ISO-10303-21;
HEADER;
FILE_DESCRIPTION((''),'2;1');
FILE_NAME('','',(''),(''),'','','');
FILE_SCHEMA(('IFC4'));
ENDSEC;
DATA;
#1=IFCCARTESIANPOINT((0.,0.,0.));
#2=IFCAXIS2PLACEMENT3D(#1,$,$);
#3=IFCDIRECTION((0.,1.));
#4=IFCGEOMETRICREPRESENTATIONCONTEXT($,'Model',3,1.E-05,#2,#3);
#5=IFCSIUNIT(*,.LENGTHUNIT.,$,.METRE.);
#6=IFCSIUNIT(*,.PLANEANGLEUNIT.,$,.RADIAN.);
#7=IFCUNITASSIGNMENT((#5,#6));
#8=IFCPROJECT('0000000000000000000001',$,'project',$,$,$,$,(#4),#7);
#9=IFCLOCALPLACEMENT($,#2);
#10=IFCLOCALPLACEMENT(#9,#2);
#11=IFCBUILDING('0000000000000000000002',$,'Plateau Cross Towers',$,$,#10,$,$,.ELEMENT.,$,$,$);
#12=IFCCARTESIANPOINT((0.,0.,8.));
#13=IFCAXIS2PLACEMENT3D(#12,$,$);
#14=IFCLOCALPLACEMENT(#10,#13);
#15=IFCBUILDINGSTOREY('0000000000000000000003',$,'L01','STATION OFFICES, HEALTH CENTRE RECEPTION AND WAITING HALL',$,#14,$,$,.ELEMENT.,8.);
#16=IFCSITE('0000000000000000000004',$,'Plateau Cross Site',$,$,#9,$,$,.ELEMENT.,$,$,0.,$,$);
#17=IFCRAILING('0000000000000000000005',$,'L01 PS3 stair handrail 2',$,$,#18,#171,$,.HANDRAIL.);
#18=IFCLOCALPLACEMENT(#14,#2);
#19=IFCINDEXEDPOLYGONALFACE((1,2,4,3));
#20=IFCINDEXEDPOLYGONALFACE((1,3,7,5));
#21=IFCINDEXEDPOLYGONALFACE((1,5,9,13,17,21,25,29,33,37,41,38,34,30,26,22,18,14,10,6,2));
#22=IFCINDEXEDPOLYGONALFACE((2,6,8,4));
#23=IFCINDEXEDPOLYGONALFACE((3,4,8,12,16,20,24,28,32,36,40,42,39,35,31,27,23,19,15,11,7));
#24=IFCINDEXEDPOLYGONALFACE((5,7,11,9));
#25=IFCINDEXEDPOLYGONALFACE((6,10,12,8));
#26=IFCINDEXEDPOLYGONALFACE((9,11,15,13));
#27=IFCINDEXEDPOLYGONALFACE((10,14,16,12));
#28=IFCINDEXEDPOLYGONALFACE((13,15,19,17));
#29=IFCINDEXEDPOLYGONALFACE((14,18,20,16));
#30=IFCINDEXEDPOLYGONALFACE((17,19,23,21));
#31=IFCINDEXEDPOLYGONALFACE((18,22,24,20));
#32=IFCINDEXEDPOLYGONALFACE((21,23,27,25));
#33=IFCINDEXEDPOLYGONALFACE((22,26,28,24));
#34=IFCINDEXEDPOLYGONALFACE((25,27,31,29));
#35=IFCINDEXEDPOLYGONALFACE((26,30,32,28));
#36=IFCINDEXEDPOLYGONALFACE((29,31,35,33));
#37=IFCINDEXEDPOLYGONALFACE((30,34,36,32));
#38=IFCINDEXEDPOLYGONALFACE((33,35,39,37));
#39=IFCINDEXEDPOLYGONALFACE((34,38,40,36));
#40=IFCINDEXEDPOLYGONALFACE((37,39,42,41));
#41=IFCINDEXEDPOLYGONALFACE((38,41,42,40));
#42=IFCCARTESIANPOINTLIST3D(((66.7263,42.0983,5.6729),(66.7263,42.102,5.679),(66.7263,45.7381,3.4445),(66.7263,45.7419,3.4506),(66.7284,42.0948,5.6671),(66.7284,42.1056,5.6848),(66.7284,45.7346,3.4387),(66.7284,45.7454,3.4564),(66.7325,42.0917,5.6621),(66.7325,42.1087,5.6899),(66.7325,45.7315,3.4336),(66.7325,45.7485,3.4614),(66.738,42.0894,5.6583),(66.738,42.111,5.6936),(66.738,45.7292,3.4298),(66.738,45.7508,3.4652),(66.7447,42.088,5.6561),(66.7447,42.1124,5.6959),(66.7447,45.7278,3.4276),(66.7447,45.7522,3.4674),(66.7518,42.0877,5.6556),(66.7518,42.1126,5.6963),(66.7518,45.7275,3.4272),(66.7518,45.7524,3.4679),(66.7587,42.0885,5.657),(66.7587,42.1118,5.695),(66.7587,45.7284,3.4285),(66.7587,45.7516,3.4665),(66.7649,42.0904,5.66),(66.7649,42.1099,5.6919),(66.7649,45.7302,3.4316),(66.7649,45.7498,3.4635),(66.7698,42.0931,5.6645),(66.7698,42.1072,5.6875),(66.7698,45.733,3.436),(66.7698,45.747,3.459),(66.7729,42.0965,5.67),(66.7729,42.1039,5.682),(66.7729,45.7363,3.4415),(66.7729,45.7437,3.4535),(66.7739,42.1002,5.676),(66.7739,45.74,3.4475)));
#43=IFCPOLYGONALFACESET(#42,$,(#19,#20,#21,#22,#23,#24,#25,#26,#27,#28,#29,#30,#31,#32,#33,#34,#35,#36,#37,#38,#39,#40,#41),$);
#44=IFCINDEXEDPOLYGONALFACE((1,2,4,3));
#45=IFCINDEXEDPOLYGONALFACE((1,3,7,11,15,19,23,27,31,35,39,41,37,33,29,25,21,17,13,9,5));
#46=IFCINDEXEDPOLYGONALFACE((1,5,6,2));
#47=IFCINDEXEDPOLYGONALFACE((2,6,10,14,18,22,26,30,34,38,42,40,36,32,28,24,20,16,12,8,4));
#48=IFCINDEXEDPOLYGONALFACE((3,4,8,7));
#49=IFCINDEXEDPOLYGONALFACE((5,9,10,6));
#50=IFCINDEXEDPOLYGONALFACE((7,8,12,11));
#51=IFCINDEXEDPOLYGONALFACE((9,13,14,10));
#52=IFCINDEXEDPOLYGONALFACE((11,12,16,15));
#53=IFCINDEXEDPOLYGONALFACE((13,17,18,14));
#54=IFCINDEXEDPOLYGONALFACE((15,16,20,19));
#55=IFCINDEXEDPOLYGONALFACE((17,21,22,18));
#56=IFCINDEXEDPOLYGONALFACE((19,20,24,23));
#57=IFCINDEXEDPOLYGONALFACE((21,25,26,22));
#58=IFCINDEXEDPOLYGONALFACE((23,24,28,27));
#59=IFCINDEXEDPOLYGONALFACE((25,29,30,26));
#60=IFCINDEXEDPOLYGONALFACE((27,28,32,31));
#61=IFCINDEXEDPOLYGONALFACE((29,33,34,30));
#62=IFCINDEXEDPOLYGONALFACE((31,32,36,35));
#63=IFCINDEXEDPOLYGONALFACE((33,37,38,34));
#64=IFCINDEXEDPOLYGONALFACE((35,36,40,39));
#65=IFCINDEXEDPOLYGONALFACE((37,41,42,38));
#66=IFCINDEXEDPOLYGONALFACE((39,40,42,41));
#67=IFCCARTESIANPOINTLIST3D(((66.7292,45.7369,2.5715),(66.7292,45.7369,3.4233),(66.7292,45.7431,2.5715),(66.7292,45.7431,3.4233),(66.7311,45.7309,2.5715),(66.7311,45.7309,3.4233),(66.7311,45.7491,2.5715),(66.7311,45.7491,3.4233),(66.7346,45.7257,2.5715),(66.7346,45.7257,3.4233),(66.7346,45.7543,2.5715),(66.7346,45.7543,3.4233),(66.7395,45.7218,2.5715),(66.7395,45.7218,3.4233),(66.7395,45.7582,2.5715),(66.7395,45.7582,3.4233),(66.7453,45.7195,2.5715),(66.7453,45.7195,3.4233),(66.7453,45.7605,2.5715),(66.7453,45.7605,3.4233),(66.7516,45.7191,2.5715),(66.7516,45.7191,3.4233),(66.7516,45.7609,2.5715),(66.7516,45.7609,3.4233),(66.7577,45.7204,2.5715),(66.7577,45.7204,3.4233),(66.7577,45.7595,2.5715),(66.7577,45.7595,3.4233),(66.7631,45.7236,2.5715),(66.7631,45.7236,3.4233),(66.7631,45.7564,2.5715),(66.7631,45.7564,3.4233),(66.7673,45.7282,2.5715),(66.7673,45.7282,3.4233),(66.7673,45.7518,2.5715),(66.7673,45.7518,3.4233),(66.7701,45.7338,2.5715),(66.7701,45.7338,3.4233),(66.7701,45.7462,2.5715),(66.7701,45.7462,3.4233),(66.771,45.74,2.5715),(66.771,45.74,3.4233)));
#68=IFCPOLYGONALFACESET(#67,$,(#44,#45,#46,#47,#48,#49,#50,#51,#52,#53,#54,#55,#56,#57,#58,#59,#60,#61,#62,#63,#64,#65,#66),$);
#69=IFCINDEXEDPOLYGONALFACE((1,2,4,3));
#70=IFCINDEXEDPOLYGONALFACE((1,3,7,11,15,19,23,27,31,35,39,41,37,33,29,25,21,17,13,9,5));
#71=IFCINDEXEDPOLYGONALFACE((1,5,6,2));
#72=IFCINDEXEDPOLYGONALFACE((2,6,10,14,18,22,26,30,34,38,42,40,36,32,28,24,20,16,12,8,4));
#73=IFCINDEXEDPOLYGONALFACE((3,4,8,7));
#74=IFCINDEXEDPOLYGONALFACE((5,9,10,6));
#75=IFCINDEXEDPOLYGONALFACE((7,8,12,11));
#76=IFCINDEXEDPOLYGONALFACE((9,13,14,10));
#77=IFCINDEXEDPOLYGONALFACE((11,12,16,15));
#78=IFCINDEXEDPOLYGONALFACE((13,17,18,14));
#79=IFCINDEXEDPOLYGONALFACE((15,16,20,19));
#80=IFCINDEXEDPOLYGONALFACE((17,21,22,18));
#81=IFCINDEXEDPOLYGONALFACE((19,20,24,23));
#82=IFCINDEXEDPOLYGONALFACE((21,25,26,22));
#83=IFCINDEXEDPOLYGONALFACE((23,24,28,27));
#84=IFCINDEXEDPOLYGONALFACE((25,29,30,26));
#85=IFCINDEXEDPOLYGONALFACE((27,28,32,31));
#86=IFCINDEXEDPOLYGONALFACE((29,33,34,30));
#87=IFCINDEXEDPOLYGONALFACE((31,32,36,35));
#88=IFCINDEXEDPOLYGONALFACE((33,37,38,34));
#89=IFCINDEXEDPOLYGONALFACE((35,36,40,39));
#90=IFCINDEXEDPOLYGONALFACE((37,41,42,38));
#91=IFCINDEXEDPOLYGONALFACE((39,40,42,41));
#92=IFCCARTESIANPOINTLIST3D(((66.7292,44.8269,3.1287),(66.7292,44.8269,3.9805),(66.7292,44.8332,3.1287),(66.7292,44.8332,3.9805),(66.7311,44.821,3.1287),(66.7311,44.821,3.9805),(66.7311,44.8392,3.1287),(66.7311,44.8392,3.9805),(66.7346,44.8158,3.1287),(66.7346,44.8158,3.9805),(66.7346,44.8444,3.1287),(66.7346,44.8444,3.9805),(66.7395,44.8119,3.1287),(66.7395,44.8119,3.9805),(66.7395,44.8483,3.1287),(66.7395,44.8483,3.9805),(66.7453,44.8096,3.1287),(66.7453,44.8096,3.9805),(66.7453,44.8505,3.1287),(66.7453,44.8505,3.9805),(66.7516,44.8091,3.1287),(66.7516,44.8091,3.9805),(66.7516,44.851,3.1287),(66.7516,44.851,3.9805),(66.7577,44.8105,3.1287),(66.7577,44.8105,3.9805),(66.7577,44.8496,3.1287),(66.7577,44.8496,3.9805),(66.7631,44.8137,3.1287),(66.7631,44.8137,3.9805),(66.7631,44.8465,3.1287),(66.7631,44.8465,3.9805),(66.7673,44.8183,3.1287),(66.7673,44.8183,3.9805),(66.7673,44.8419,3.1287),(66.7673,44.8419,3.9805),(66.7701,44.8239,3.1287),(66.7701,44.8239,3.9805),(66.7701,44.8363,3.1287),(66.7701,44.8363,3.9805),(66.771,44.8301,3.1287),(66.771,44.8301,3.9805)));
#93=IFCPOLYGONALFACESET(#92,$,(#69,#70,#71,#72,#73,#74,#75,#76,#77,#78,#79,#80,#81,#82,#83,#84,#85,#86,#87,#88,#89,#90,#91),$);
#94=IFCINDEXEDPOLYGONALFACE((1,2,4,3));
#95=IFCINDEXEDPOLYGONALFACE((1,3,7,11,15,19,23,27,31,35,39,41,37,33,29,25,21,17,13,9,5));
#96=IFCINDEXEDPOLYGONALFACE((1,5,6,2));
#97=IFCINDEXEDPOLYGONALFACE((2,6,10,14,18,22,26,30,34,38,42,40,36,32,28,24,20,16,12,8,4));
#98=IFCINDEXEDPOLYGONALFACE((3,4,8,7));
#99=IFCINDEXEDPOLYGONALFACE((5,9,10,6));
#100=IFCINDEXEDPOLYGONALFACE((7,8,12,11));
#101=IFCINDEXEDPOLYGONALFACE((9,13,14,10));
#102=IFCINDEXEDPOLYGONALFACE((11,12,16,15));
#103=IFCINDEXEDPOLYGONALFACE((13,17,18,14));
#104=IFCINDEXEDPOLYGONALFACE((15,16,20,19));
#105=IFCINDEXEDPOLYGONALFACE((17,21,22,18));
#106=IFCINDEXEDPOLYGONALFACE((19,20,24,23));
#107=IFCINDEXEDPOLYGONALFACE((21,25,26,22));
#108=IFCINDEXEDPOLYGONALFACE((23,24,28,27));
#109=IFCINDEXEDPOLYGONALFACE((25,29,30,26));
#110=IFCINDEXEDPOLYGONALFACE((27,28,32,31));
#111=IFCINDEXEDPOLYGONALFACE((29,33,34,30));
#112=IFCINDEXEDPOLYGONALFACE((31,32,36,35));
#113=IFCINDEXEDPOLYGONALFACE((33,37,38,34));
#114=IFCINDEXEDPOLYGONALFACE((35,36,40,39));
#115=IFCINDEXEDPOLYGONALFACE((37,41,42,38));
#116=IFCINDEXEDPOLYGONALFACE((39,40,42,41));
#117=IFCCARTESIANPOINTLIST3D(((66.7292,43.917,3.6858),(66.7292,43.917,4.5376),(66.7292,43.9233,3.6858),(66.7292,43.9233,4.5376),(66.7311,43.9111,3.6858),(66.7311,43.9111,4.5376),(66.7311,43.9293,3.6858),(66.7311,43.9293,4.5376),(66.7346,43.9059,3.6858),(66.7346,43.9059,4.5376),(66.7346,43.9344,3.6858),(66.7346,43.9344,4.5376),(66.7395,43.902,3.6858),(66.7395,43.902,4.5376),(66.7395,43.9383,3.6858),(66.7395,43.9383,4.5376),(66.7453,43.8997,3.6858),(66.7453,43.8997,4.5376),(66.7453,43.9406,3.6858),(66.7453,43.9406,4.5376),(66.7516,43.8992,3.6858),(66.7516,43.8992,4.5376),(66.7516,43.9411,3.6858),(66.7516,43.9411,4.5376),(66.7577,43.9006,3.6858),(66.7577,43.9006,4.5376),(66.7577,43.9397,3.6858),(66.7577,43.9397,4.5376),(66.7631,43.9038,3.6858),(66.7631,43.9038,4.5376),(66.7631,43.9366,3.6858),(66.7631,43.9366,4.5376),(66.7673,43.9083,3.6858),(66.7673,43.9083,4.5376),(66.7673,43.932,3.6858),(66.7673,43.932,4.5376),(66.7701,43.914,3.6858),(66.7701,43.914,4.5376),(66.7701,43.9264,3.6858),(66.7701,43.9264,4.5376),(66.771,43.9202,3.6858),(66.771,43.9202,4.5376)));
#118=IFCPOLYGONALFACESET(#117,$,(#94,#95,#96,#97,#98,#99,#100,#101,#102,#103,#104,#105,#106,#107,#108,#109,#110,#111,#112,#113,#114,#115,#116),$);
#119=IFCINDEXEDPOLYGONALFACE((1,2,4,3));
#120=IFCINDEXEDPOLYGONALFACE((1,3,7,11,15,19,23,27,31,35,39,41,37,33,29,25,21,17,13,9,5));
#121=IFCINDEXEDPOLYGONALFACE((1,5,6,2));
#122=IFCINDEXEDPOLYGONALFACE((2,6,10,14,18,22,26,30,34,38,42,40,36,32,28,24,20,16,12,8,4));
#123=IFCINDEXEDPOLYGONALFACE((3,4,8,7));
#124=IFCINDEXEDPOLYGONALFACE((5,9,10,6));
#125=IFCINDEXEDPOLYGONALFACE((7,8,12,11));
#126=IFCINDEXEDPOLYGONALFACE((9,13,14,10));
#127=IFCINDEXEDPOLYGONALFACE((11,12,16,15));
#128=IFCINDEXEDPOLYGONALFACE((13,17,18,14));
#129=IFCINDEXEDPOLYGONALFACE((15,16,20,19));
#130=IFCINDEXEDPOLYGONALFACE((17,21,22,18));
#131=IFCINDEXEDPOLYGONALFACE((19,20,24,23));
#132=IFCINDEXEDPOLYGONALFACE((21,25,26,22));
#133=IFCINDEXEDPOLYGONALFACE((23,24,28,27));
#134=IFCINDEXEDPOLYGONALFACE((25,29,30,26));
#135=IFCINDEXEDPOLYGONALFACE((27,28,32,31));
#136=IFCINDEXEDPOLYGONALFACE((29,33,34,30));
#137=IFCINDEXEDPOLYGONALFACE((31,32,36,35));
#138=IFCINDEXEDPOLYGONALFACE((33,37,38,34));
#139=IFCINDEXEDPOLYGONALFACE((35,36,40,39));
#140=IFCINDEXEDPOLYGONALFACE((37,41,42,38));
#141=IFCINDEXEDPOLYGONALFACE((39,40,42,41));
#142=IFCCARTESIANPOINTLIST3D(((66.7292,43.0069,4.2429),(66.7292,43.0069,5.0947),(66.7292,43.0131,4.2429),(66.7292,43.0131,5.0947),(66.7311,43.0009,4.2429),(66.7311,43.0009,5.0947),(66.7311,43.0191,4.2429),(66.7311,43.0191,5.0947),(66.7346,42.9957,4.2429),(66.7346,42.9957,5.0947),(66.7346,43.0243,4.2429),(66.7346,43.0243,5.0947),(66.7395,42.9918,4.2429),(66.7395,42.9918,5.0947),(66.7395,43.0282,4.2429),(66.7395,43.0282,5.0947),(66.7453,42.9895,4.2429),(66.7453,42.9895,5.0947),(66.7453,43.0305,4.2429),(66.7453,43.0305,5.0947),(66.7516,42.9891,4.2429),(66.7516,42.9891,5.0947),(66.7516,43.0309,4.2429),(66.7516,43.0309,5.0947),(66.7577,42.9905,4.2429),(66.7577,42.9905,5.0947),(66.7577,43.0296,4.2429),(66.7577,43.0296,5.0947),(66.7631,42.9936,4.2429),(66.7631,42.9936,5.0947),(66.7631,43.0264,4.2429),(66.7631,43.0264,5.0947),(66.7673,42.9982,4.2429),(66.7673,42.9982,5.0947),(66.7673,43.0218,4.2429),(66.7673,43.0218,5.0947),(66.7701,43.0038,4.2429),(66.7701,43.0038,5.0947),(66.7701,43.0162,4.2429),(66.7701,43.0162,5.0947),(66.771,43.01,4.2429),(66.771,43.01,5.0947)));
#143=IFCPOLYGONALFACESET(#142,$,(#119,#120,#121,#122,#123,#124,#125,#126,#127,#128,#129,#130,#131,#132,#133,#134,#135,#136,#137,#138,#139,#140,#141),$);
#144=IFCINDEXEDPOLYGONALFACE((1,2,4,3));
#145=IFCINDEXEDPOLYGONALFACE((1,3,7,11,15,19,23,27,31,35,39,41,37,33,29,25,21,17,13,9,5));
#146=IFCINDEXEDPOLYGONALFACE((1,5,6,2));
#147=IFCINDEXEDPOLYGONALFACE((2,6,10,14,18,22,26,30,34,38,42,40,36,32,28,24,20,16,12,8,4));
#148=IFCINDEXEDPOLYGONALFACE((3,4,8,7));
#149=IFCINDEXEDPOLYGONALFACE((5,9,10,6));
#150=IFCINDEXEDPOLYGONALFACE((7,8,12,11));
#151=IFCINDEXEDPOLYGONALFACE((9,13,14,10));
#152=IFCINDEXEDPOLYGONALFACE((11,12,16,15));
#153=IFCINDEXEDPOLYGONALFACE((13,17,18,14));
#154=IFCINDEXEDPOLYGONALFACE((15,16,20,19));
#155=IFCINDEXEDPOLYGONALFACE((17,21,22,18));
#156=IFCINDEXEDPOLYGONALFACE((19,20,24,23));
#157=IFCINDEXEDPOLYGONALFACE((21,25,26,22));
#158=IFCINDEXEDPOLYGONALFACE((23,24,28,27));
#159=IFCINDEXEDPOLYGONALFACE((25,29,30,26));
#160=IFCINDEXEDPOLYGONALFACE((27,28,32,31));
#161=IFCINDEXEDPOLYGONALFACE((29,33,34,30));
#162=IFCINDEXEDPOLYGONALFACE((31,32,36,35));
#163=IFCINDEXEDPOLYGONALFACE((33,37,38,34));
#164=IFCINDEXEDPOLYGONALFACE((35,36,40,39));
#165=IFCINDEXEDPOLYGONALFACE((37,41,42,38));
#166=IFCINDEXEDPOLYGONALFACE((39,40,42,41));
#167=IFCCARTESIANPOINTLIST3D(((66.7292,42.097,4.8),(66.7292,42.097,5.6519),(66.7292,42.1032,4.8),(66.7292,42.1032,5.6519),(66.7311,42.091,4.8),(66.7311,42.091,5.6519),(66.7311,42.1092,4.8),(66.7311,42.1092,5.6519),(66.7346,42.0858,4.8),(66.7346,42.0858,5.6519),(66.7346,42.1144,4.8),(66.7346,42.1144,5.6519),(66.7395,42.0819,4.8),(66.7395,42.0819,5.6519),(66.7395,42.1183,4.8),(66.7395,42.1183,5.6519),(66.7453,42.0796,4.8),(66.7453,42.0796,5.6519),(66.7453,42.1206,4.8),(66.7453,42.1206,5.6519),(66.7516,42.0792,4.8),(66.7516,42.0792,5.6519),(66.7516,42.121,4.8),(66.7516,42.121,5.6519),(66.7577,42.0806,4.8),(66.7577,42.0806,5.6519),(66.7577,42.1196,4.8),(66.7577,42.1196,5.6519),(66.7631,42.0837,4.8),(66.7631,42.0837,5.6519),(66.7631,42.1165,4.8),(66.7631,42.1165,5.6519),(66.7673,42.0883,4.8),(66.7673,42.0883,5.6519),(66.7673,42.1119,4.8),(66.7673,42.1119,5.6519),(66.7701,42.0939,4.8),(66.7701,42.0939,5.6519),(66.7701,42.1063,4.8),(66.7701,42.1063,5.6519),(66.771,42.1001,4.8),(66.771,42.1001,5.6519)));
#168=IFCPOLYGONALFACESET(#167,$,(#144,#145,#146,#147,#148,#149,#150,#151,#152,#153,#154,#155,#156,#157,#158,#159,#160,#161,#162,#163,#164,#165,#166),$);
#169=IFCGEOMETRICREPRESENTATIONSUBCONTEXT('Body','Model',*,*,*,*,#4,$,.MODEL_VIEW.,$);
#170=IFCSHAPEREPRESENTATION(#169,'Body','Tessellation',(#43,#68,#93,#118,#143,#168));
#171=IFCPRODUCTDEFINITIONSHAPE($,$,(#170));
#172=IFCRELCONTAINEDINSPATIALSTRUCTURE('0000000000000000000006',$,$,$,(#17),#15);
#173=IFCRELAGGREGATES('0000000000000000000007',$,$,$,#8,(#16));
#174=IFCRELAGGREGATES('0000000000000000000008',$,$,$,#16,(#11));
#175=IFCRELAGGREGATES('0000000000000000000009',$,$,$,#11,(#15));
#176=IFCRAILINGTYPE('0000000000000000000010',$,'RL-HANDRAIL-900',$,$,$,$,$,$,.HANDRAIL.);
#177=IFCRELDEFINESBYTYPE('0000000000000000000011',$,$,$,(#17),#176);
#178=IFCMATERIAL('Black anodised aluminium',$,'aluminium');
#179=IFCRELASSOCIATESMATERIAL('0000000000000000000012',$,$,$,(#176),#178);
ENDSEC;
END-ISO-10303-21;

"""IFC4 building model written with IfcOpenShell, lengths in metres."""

from ifc_helpers import new_model, si_unit, direction, frame, origin, origin_2d, place, context, subcontext, project, spatial, circle, extrude, material, type_object, element, save


model = new_model("IFC4")

# Units and contexts
model_context = context("Model", 3, precision=1e-05, world=origin(), true_north=direction((0.0, 1.0)))
body_context = subcontext(model_context, "Body", "Model", "MODEL_VIEW")
ifc_project = project(units=[si_unit("LENGTHUNIT", "METRE"), si_unit("PLANEANGLEUNIT", "RADIAN")], contexts=[model_context])

# Site, building, storey
site_placement = place(None, origin())
site = spatial("IfcSite", under=ifc_project, at=site_placement, Name="Plateau Cross Site", CompositionType="ELEMENT", RefElevation=0.0)
building_placement = place(site_placement, origin())
building = spatial("IfcBuilding", under=site, at=building_placement, Name="Plateau Cross Towers", CompositionType="ELEMENT")
storey_placement = place(building_placement, frame((0.0, 0.0, 8.0)))
storey = spatial("IfcBuildingStorey", under=building, at=storey_placement, Name="L01", Description="STATION OFFICES, HEALTH CENTRE RECEPTION AND WAITING HALL", CompositionType="ELEMENT", Elevation=8.0)

# Shared definitions
ifc_material_1 = material(Name="Black anodised aluminium", Category="aluminium")

# Railing
railing_type_1 = type_object("IfcRailingType", Name="RL-HANDRAIL-900", PredefinedType="HANDRAIL", material=ifc_material_1)
railing_1_placement = place(storey_placement, frame((66.75, 45.74, 2.5715)))
element("IfcRailing", 1, at=railing_1_placement, inside=storey, type_object=railing_type_1, Name="L01 PS3 stair handrail 2", PredefinedType="HANDRAIL", context=body_context, shape_type="SweptSolid", body=[
    extrude(circle(Radius=0.0239, at=origin_2d()), frame((0.0, 0.0, 0.876), z_axis=(0.0, -0.85285, 0.522156), x_axis=(1.0, 0.0, 0.0)), (0.0, 0.0, 1.0), 4.2678),
    extrude(circle(Radius=0.021, at=origin_2d()), origin(), (0.0, 0.0, 1.0), 0.8518),
    extrude(circle(Radius=0.021, at=origin_2d()), frame((0.0, -0.9099, 0.5571)), (0.0, 0.0, 1.0), 0.8518),
    extrude(circle(Radius=0.021, at=origin_2d()), frame((0.0, -1.8198, 1.1143)), (0.0, 0.0, 1.0), 0.8518),
    extrude(circle(Radius=0.021, at=origin_2d()), frame((0.0, -2.73, 1.6714)), (0.0, 0.0, 1.0), 0.8518),
    extrude(circle(Radius=0.021, at=origin_2d()), frame((0.0, -3.6399, 2.2285)), (0.0, 0.0, 1.0), 0.8518),
])

save(model, "model.ifc")
